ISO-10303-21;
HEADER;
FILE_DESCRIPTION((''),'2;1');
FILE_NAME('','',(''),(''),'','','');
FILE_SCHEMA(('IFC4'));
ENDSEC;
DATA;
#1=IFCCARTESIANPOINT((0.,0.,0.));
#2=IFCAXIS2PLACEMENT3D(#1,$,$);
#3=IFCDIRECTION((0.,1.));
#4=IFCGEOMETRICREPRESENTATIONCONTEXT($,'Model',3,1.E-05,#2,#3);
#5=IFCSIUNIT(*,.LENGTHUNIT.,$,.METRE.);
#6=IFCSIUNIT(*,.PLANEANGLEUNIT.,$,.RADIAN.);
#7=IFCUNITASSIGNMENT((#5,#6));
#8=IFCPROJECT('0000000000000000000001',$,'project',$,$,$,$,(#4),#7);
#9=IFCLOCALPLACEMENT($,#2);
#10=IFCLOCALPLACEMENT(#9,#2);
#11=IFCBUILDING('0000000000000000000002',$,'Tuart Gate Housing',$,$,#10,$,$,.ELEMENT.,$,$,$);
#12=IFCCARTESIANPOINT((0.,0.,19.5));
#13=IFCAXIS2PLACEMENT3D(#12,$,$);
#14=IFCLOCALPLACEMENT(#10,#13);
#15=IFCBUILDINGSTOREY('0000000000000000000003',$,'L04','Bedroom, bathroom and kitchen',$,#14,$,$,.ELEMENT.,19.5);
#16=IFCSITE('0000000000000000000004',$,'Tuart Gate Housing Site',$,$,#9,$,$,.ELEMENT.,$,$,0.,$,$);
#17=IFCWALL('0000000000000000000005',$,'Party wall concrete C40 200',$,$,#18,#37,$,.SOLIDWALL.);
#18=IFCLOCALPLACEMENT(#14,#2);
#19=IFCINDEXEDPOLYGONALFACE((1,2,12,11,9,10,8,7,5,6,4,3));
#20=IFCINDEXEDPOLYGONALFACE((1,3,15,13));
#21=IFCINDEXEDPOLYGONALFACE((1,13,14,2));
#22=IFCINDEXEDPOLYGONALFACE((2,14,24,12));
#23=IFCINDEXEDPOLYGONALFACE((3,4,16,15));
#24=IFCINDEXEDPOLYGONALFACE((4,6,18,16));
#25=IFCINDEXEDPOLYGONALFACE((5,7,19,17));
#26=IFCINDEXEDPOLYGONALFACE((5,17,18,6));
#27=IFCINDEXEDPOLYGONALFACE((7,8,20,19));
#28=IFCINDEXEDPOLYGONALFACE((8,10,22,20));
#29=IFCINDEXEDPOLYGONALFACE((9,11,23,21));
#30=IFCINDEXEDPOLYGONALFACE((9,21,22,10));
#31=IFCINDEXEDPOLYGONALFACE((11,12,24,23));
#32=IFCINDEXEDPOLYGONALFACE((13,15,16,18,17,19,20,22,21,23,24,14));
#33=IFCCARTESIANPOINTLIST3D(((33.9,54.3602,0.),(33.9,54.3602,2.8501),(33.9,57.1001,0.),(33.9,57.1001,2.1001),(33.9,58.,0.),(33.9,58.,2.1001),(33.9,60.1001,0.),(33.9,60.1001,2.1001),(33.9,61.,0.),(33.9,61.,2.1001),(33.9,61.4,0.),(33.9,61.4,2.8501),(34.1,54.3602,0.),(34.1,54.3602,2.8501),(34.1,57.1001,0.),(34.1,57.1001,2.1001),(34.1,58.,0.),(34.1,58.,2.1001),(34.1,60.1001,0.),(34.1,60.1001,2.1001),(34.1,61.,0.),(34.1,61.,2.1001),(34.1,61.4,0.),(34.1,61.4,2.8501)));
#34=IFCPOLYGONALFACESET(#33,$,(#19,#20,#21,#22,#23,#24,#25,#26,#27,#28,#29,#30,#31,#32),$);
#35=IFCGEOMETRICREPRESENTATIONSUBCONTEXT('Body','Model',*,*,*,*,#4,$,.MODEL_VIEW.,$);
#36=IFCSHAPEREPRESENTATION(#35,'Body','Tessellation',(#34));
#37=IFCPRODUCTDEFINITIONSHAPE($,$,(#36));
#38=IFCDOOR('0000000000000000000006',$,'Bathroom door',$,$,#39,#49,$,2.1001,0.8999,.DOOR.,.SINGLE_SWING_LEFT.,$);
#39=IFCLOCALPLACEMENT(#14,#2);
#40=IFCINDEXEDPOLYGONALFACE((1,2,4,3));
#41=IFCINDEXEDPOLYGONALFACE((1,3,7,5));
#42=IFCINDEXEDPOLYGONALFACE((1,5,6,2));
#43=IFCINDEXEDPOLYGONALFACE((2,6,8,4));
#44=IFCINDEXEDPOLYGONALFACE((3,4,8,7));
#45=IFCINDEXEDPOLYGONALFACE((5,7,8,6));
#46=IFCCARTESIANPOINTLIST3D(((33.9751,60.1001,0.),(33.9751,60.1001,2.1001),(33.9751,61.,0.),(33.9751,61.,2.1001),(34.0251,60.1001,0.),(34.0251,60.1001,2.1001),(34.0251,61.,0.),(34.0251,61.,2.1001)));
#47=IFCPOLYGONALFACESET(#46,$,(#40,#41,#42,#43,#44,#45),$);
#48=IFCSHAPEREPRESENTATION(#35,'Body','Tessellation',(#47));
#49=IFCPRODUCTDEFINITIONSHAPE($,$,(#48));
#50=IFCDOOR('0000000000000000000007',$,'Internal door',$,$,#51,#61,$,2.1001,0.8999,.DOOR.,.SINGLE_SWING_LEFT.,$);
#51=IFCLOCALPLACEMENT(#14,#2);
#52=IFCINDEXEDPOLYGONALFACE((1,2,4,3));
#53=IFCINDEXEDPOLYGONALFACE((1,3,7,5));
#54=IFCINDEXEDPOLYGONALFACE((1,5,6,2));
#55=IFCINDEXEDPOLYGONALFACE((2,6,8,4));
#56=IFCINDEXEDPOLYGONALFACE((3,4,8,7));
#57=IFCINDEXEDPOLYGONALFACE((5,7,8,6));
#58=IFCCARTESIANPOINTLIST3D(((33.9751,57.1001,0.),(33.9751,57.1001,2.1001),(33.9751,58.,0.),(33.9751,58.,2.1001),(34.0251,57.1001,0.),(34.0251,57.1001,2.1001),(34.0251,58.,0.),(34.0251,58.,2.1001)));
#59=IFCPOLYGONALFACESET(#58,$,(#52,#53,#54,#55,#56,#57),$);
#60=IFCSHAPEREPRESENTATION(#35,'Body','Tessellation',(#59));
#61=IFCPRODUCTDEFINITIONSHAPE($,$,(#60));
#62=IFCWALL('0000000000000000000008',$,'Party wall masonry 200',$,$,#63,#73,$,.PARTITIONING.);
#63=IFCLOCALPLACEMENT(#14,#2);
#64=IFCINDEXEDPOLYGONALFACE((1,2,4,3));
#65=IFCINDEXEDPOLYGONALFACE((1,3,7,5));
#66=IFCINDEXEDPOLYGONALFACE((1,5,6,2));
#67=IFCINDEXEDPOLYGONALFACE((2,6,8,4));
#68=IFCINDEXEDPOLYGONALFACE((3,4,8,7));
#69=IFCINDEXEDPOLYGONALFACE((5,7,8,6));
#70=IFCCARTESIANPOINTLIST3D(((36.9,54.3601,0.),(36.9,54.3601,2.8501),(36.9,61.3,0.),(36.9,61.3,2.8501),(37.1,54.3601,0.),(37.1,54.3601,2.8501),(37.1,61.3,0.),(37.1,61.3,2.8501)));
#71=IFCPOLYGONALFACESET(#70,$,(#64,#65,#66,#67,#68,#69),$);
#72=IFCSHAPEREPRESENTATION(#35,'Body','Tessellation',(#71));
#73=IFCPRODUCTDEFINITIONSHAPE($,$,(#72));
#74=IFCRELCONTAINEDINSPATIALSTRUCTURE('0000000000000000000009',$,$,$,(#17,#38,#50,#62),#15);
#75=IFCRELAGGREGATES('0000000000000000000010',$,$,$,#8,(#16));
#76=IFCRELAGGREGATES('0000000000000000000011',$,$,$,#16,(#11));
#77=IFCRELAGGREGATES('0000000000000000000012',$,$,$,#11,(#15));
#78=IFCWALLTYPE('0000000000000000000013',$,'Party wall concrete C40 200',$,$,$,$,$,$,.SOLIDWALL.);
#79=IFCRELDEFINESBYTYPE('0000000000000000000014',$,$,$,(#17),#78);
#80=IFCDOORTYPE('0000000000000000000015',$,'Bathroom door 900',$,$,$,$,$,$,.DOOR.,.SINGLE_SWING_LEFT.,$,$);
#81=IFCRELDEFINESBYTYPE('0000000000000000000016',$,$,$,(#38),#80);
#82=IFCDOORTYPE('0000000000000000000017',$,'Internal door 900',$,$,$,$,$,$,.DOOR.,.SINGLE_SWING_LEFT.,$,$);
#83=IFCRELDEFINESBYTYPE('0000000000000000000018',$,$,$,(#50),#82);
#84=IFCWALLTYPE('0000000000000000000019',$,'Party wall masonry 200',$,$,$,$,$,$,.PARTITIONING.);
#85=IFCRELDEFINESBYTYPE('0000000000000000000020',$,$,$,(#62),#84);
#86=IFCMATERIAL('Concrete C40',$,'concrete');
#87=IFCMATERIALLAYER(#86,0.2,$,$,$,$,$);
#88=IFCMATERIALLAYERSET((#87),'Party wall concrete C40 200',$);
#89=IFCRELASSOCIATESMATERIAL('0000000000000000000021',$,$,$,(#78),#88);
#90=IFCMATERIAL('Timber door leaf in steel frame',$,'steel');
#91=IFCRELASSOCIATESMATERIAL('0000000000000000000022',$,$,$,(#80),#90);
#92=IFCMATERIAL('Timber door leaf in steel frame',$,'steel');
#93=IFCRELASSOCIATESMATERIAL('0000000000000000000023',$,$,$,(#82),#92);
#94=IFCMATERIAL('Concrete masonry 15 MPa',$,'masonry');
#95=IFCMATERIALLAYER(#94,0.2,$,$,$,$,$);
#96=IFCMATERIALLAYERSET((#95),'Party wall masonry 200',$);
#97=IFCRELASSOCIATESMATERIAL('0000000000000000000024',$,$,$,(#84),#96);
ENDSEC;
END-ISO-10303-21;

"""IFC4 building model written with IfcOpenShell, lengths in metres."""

from ifc_helpers import new_model, si_unit, direction, frame, frame_2d, origin, place, context, subcontext, project, spatial, rectangle, extrude, material, layer, layer_set, type_object, element, fill, save


model = new_model("IFC4")

# Units and contexts
model_context = context("Model", 3, precision=1e-05, world=origin(), true_north=direction((0.0, 1.0)))
body_context = subcontext(model_context, "Body", "Model", "MODEL_VIEW")
ifc_project = project(units=[si_unit("LENGTHUNIT", "METRE"), si_unit("PLANEANGLEUNIT", "RADIAN")], contexts=[model_context])

# Site, building, storey
site_placement = place(None, origin())
site = spatial("IfcSite", under=ifc_project, at=site_placement, Name="Tuart Gate Housing Site", CompositionType="ELEMENT", RefElevation=0.0)
building_placement = place(site_placement, origin())
building = spatial("IfcBuilding", under=site, at=building_placement, Name="Tuart Gate Housing", CompositionType="ELEMENT")
storey_placement = place(building_placement, frame((0.0, 0.0, 19.5)))
storey = spatial("IfcBuildingStorey", under=building, at=storey_placement, Name="L04", Description="Bedroom, bathroom and kitchen", CompositionType="ELEMENT", Elevation=19.5)

# Wall, openings, doors
ifc_material_1 = material(Name="Concrete C40", Category="concrete")
ifc_layer_1 = layer(ifc_material_1, 0.2)
ifc_layer_set_1 = layer_set([ifc_layer_1], Name="Party wall concrete C40 200")
wall_type_1 = type_object("IfcWallType", Name="Party wall concrete C40 200", PredefinedType="SOLIDWALL", material=ifc_layer_set_1)
wall_1_placement = place(storey_placement, frame((34.0, 54.3601, 0.0), z_axis=(0.0, 0.0, 1.0), x_axis=(0.0, 1.0, 0.0)))
wall_1 = element("IfcWall", 1, at=wall_1_placement, inside=storey, type_object=wall_type_1, Name="Party wall concrete C40 200", PredefinedType="SOLIDWALL", context=body_context, shape_type="SweptSolid", body=[
    extrude(rectangle(XDim=7.0398, YDim=0.2, at=frame_2d((3.52, 0.0))), origin(), (0.0, 0.0, 1.0), 2.8501),
])
opening_1_placement = place(wall_1_placement, frame((2.74, 0.0, 0.0)))
opening_1 = element("IfcOpeningElement", 2, at=opening_1_placement, cuts=wall_1, PredefinedType="OPENING", context=body_context, shape_type="SweptSolid", body=[
    extrude(rectangle(XDim=0.8999, YDim=2.1001, at=frame_2d((0.45, 1.05))), frame((0.0, 0.1099, 0.0), z_axis=(0.0, -1.0, 0.0), x_axis=(1.0, 0.0, 0.0)), (0.0, 0.0, 1.0), 0.22),
])
opening_2_placement = place(wall_1_placement, frame((5.74, 0.0, 0.0)))
opening_2 = element("IfcOpeningElement", 3, at=opening_2_placement, cuts=wall_1, PredefinedType="OPENING", context=body_context, shape_type="SweptSolid", body=[
    extrude(rectangle(XDim=0.8999, YDim=2.1001, at=frame_2d((0.45, 1.05))), frame((0.0, 0.1099, 0.0), z_axis=(0.0, -1.0, 0.0), x_axis=(1.0, 0.0, 0.0)), (0.0, 0.0, 1.0), 0.22),
])
ifc_material_2 = material(Name="Timber door leaf in steel frame", Category="steel")
door_type_1 = type_object("IfcDoorType", Name="Bathroom door 900", OperationType="SINGLE_SWING_LEFT", PredefinedType="DOOR", material=ifc_material_2)
door_1_placement = place(opening_2_placement, frame((0.8999, 0.0, 0.0), z_axis=(0.0, 0.0, 1.0), x_axis=(-1.0, 0.0, 0.0)))
door_1 = element("IfcDoor", 4, at=door_1_placement, inside=storey, type_object=door_type_1, Name="Bathroom door", OperationType="SINGLE_SWING_LEFT", OverallHeight=2.1001, OverallWidth=0.8999, PredefinedType="DOOR", context=body_context, shape_type="SweptSolid", body=[
    extrude(rectangle(XDim=0.8999, YDim=2.1001, at=frame_2d((0.45, 1.05))), frame((0.0, 0.0251, 0.0), z_axis=(0.0, -1.0, 0.0), x_axis=(1.0, 0.0, 0.0)), (0.0, 0.0, 1.0), 0.05),
])
fill(opening_2, door_1)
ifc_material_3 = material(Name="Timber door leaf in steel frame", Category="steel")
door_type_2 = type_object("IfcDoorType", Name="Internal door 900", OperationType="SINGLE_SWING_LEFT", PredefinedType="DOOR", material=ifc_material_3)
door_2_placement = place(opening_1_placement, frame((0.8999, 0.0, 0.0), z_axis=(0.0, 0.0, 1.0), x_axis=(-1.0, 0.0, 0.0)))
door_2 = element("IfcDoor", 5, at=door_2_placement, inside=storey, type_object=door_type_2, Name="Internal door", OperationType="SINGLE_SWING_LEFT", OverallHeight=2.1001, OverallWidth=0.8999, PredefinedType="DOOR", context=body_context, shape_type="SweptSolid", body=[
    extrude(rectangle(XDim=0.8999, YDim=2.1001, at=frame_2d((0.45, 1.05))), frame((0.0, 0.0251, 0.0), z_axis=(0.0, -1.0, 0.0), x_axis=(1.0, 0.0, 0.0)), (0.0, 0.0, 1.0), 0.05),
])
fill(opening_1, door_2)

# Wall
ifc_material_4 = material(Name="Concrete masonry 15 MPa", Category="masonry")
ifc_layer_2 = layer(ifc_material_4, 0.2)
ifc_layer_set_2 = layer_set([ifc_layer_2], Name="Party wall masonry 200")
wall_type_2 = type_object("IfcWallType", Name="Party wall masonry 200", PredefinedType="PARTITIONING", material=ifc_layer_set_2)
wall_2_placement = place(storey_placement, frame((37.0, 54.3601, 0.0), z_axis=(0.0, 0.0, 1.0), x_axis=(0.0, 1.0, 0.0)))
element("IfcWall", 6, at=wall_2_placement, inside=storey, type_object=wall_type_2, Name="Party wall masonry 200", PredefinedType="PARTITIONING", context=body_context, shape_type="SweptSolid", body=[
    extrude(rectangle(XDim=6.9399, YDim=0.2, at=frame_2d((3.47, 0.0))), origin(), (0.0, 0.0, 1.0), 2.8501),
])

save(model, "model.ifc")
